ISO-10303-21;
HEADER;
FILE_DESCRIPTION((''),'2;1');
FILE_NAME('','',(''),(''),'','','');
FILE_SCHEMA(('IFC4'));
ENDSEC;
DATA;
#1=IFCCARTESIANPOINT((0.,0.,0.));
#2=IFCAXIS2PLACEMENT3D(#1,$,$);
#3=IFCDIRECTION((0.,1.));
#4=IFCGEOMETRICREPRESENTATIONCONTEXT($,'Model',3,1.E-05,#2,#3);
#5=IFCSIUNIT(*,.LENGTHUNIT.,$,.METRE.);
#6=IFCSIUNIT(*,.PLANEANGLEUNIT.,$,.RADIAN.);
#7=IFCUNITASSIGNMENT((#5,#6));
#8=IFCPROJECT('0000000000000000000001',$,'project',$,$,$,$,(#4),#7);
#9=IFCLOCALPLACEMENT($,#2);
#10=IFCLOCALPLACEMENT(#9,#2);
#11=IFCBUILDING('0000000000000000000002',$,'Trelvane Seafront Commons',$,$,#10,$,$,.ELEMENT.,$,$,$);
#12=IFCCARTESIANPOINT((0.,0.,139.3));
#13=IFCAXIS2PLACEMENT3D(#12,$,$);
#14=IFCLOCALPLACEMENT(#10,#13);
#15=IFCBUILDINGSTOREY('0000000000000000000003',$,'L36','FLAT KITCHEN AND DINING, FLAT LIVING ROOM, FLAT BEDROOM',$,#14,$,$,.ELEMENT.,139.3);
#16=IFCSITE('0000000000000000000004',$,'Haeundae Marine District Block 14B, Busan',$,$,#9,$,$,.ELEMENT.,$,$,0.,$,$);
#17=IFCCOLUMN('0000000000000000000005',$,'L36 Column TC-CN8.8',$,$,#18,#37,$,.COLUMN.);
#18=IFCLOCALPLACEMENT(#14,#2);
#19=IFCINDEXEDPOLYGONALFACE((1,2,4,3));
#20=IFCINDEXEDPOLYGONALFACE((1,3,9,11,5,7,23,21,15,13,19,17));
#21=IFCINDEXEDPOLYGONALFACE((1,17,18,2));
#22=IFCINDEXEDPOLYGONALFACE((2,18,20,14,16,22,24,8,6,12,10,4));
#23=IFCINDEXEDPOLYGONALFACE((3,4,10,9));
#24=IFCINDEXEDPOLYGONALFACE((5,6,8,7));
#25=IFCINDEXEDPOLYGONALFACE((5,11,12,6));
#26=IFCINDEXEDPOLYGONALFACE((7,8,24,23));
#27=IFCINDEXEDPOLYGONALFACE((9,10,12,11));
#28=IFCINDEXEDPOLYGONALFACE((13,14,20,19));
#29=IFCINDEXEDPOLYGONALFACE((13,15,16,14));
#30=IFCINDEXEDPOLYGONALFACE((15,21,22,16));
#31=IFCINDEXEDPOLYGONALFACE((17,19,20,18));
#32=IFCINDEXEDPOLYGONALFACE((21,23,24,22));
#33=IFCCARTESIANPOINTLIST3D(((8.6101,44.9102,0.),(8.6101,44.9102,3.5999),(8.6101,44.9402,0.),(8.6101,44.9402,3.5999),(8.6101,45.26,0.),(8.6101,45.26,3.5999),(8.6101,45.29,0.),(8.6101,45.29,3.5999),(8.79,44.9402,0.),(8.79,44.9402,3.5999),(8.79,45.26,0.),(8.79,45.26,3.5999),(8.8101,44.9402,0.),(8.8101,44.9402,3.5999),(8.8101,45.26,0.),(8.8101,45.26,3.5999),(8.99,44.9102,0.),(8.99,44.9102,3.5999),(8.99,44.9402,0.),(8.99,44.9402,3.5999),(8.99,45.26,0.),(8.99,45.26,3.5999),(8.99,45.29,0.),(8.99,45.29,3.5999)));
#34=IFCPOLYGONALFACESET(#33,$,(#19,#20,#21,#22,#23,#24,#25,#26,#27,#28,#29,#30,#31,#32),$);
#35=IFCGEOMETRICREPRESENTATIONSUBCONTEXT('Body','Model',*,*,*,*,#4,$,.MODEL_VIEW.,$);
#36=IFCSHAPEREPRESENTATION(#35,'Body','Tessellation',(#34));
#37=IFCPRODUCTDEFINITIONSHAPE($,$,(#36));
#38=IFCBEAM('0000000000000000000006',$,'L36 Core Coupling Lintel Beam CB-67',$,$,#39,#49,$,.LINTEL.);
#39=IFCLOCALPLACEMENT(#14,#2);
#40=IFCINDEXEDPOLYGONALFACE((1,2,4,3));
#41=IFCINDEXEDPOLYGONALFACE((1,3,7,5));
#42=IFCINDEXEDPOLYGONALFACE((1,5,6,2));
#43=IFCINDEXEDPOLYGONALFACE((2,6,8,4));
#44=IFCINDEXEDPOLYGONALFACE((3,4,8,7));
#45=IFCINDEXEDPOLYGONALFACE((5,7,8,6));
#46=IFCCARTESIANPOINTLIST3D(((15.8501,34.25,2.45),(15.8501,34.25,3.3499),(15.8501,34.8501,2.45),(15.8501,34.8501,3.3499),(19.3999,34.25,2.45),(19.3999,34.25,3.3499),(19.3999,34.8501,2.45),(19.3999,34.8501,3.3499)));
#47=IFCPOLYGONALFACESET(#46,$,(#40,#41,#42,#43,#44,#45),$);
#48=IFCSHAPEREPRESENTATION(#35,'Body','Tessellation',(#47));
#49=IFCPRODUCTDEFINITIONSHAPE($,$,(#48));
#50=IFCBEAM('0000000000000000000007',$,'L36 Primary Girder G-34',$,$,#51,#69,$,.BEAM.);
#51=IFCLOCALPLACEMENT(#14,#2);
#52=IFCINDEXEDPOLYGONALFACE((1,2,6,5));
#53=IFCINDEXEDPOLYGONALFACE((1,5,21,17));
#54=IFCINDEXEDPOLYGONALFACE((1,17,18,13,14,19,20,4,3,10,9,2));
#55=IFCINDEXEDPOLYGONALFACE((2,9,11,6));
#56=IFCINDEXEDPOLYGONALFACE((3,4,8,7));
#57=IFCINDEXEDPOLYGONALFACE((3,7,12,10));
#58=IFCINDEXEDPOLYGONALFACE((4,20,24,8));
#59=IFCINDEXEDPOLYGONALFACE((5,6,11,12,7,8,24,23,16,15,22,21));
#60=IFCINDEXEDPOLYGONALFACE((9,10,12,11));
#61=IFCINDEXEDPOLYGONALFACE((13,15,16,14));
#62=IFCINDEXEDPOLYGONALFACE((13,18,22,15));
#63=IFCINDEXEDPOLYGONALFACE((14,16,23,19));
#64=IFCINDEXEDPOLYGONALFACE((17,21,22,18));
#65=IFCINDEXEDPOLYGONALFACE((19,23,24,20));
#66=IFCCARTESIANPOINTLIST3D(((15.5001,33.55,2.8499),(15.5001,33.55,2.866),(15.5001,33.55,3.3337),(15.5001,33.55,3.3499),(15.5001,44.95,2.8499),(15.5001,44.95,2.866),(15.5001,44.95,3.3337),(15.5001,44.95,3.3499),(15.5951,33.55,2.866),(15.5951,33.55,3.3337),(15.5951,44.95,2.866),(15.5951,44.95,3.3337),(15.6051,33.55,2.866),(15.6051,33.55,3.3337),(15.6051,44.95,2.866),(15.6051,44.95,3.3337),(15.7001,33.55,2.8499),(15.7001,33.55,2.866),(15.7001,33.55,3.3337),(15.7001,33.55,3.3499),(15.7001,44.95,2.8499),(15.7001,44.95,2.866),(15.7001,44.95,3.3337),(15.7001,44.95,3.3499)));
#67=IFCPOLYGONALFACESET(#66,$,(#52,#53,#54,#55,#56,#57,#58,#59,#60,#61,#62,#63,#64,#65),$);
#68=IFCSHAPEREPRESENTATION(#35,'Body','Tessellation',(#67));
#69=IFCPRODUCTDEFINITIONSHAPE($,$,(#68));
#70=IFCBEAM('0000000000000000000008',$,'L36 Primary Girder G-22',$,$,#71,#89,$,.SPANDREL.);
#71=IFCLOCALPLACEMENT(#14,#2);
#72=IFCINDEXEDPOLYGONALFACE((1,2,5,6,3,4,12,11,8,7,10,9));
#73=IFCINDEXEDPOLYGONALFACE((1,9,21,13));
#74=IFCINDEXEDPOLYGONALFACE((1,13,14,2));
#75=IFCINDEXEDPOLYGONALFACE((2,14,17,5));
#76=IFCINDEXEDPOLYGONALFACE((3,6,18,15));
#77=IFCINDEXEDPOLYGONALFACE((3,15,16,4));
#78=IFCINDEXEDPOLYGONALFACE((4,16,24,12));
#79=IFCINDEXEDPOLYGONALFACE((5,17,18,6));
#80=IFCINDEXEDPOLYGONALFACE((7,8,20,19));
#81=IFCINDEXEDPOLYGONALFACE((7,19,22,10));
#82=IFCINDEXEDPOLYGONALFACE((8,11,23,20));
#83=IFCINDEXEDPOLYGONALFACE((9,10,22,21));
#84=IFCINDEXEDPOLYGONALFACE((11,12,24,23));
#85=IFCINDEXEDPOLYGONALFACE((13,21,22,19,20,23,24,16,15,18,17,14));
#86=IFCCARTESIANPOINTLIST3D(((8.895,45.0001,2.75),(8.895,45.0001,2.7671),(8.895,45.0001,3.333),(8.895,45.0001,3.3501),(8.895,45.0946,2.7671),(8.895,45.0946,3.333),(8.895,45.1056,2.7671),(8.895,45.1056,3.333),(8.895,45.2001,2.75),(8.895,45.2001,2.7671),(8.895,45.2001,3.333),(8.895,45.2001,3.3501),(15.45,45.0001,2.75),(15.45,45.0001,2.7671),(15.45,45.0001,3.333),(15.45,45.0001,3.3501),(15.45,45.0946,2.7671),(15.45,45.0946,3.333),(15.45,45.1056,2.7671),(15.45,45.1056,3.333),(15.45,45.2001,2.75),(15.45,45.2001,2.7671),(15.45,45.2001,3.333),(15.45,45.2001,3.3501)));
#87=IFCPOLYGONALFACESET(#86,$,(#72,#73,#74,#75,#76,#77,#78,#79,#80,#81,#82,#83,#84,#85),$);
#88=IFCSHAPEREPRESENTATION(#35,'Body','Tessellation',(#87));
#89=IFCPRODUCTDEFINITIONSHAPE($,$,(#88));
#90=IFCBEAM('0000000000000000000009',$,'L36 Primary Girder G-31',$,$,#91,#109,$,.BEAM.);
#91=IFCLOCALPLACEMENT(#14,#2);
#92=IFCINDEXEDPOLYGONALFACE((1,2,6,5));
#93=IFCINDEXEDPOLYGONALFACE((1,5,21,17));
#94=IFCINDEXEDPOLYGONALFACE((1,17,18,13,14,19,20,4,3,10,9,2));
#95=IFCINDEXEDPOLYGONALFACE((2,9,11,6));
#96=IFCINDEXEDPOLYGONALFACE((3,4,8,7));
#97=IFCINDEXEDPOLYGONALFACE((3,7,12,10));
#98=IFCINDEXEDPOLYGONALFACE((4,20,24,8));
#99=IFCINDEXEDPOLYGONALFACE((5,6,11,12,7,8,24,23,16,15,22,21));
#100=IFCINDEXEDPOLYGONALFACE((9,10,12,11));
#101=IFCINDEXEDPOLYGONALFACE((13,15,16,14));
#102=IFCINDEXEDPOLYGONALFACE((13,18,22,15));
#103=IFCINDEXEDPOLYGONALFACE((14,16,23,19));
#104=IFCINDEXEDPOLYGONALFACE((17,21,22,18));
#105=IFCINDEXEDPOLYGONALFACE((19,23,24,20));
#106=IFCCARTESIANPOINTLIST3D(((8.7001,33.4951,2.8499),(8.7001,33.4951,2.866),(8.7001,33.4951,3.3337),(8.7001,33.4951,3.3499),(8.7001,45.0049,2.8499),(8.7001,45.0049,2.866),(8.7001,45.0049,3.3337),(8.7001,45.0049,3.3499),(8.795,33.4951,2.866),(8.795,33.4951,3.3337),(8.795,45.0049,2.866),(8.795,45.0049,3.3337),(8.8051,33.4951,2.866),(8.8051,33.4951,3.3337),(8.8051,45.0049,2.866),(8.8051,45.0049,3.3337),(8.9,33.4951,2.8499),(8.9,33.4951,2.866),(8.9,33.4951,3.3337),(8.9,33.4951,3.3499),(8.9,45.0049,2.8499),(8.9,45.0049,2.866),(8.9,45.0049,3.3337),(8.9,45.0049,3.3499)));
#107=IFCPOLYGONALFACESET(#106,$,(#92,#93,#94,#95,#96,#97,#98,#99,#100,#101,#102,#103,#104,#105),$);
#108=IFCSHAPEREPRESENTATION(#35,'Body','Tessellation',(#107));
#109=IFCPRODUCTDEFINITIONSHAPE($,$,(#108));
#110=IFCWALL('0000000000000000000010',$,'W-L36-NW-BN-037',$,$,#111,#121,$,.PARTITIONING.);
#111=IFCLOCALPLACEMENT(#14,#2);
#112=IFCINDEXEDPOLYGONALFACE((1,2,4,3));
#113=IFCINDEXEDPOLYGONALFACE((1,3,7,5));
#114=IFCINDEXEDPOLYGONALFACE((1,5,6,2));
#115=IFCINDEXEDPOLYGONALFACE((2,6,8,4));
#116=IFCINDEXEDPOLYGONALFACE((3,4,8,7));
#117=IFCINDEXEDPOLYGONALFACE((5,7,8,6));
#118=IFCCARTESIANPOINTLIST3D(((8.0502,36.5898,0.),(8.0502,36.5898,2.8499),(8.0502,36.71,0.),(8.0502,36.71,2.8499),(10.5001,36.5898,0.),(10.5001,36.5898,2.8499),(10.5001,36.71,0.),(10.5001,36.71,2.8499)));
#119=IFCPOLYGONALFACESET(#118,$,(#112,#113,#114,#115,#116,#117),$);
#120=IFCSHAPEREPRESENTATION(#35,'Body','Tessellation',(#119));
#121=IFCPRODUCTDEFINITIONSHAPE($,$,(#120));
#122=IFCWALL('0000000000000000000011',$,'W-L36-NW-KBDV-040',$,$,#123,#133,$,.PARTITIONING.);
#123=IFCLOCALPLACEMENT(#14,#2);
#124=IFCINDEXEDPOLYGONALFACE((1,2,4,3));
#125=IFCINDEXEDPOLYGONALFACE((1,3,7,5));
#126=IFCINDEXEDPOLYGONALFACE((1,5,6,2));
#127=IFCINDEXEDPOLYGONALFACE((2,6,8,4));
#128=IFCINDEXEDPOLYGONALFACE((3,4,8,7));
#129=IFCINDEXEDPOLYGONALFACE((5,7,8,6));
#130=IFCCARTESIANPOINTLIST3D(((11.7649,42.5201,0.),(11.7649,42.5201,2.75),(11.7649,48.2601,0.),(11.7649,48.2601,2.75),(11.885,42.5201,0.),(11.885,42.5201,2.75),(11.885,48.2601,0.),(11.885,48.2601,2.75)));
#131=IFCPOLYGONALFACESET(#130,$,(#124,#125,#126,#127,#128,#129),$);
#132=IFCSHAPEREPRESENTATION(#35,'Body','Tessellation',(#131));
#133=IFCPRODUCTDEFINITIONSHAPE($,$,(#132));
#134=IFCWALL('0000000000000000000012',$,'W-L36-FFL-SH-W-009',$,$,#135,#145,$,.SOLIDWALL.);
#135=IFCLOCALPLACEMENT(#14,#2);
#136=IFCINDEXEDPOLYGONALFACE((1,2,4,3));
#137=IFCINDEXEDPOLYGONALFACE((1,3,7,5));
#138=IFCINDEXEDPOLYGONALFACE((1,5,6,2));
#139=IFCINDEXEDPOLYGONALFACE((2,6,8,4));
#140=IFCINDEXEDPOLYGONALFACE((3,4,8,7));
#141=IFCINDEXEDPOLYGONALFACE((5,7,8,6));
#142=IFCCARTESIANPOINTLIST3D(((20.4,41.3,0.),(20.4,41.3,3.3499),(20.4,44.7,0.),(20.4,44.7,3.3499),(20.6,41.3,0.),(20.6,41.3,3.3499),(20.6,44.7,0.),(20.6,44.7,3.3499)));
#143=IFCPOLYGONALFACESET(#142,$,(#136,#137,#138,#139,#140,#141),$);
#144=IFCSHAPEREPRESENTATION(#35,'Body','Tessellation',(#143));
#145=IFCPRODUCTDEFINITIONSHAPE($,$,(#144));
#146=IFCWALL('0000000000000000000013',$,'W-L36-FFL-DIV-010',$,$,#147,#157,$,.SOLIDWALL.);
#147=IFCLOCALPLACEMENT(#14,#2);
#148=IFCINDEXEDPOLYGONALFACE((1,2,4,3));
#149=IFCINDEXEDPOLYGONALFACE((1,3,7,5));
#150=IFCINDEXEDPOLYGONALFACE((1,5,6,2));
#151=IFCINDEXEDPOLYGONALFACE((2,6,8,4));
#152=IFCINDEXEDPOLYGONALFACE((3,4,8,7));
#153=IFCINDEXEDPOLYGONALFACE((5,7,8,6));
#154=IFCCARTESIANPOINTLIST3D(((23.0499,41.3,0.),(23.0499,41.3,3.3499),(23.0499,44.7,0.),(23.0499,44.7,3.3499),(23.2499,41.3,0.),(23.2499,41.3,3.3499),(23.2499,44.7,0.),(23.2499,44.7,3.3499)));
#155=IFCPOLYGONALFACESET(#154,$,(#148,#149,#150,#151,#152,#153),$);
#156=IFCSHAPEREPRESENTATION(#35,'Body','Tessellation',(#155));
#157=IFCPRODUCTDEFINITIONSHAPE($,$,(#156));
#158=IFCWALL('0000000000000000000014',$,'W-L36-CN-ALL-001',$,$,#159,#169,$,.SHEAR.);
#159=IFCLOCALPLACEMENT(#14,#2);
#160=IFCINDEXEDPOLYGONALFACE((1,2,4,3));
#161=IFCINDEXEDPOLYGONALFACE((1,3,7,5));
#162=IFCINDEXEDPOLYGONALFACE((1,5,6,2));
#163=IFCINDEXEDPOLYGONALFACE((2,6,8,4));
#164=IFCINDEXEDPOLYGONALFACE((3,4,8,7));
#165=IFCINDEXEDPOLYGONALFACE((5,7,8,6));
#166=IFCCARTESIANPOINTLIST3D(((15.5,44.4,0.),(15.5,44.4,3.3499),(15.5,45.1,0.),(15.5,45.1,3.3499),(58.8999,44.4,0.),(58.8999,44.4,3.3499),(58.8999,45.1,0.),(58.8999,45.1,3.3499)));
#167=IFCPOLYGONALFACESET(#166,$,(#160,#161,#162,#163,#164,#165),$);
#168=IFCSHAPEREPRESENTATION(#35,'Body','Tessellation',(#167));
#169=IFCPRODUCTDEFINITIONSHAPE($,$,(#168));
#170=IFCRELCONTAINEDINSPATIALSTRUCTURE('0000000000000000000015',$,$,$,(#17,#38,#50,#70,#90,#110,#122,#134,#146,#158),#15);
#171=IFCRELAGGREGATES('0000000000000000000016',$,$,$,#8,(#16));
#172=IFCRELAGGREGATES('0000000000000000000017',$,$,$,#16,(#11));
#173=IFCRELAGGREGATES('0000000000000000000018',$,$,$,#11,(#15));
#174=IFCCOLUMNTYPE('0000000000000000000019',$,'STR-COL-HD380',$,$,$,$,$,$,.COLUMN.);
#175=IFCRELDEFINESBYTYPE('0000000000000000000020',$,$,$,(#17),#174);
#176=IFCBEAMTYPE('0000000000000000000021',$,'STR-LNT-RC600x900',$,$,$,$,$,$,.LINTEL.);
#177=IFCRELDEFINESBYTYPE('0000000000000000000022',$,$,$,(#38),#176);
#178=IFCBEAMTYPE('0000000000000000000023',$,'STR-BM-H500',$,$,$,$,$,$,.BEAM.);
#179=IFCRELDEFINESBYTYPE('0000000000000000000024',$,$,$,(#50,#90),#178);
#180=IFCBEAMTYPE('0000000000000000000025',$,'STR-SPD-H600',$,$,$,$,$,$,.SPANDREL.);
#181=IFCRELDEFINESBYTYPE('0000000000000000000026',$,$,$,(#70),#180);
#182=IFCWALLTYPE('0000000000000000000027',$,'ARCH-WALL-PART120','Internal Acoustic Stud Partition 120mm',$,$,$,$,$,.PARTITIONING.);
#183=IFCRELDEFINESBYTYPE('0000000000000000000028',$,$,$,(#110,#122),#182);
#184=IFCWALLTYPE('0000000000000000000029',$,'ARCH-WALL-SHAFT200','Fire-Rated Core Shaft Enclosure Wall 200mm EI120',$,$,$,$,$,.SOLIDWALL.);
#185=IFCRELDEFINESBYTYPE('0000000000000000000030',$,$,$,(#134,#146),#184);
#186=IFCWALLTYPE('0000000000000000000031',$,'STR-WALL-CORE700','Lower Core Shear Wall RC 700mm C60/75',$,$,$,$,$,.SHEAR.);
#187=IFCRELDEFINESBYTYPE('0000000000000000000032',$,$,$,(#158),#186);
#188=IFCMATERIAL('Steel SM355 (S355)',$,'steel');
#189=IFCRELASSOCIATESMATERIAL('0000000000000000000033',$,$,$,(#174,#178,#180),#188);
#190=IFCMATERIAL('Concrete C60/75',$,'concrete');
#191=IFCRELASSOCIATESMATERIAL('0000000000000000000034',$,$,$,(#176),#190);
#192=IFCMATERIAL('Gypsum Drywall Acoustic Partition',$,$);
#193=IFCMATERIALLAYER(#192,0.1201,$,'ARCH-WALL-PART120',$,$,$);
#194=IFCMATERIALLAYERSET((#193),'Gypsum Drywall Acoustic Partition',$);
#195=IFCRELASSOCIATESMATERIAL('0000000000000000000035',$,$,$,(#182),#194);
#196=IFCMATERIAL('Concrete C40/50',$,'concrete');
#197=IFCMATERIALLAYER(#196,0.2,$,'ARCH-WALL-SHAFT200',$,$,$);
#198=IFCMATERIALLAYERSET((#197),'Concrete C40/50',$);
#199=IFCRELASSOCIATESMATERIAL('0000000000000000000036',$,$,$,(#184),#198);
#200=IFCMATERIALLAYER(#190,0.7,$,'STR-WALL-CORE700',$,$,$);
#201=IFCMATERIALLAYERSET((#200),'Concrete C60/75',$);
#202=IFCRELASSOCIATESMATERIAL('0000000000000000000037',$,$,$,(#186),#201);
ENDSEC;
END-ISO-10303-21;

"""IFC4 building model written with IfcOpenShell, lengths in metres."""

from ifc_helpers import new_model, si_unit, direction, frame, frame_2d, origin, origin_2d, place, context, subcontext, project, spatial, rectangle, i_section, extrude, source, transform, mapped, material, layer, layer_set, material_profile, profile_set, type_object, element, save


model = new_model("IFC4")

# Units and contexts
model_context = context("Model", 3, precision=1e-05, world=origin(), true_north=direction((0.0, 1.0)))
body_context = subcontext(model_context, "Body", "Model", "MODEL_VIEW")
ifc_project = project(units=[si_unit("LENGTHUNIT", "METRE"), si_unit("PLANEANGLEUNIT", "RADIAN")], contexts=[model_context])

# Site, building, storey
site_placement = place(None, origin())
site = spatial("IfcSite", under=ifc_project, at=site_placement, Name="Haeundae Marine District Block 14B, Busan", CompositionType="ELEMENT", RefElevation=0.0)
building_placement = place(site_placement, origin())
building = spatial("IfcBuilding", under=site, at=building_placement, Name="Trelvane Seafront Commons", CompositionType="ELEMENT")
storey_placement = place(building_placement, frame((0.0, 0.0, 139.3)))
storey = spatial("IfcBuildingStorey", under=building, at=storey_placement, Name="L36", Description="FLAT KITCHEN AND DINING, FLAT LIVING ROOM, FLAT BEDROOM", CompositionType="ELEMENT", Elevation=139.3)

# Column
ifc_material_1 = material(Name="Steel SM355 (S355)", Category="steel")
ifc_material_profile_1 = material_profile(ifc_material_1, i_section(OverallWidth=0.3799, OverallDepth=0.3799, WebThickness=0.02, FlangeThickness=0.03, at=origin_2d()), Name="HD-380x380x20x30")
ifc_profile_set_1 = profile_set([ifc_material_profile_1], Name="Steel SM355 (S355)")
column_type = type_object("IfcColumnType", Name="STR-COL-HD380", PredefinedType="COLUMN", material=ifc_profile_set_1)
shared_shape_1 = source(origin(), body_context, "Body", "SweptSolid", [
    extrude(i_section(OverallWidth=0.3799, OverallDepth=0.3799, WebThickness=0.02, FlangeThickness=0.03, at=origin_2d()), origin(), (0.0, 0.0, 1.0), 3.5999),
])
column_placement = place(storey_placement, frame((8.8, 45.1001, 0.0), z_axis=(0.0, 0.0, 1.0), x_axis=(1.0, 0.0, 0.0)))
element("IfcColumn", 1, at=column_placement, inside=storey, type_object=column_type, Name="L36 Column TC-CN8.8", PredefinedType="COLUMN", context=body_context, shape_type="MappedRepresentation", body=[
    mapped(shared_shape_1, transform((0.0, 0.0, 0.0), x_axis=(1.0, 0.0, 0.0), y_axis=(0.0, 1.0, 0.0), z_axis=(0.0, 0.0, 1.0), scale=1.0)),
])

# Beams
ifc_material_2 = material(Name="Concrete C60/75", Category="concrete")
ifc_material_profile_2 = material_profile(ifc_material_2, rectangle(XDim=0.6001, YDim=0.8999, at=origin_2d()), Name="RC-600x900")
ifc_profile_set_2 = profile_set([ifc_material_profile_2], Name="Concrete C60/75")
beam_type_1 = type_object("IfcBeamType", Name="STR-LNT-RC600x900", PredefinedType="LINTEL", material=ifc_profile_set_2)
shared_shape_2 = source(origin(), body_context, "Body", "SweptSolid", [
    extrude(rectangle(XDim=0.6001, YDim=0.8999, at=origin_2d()), origin(), (0.0, 0.0, 1.0), 3.5498),
])
beam_1_placement = place(storey_placement, frame((15.8501, 34.55, 2.8999), z_axis=(1.0, 0.0, 0.0), x_axis=(0.0, 1.0, 0.0)))
element("IfcBeam", 2, at=beam_1_placement, inside=storey, type_object=beam_type_1, Name="L36 Core Coupling Lintel Beam CB-67", PredefinedType="LINTEL", context=body_context, shape_type="MappedRepresentation", body=[
    mapped(shared_shape_2, transform((0.0, 0.0, 0.0), x_axis=(1.0, 0.0, 0.0), y_axis=(0.0, 1.0, 0.0), z_axis=(0.0, 0.0, 1.0), scale=1.0)),
])
ifc_material_profile_3 = material_profile(ifc_material_1, i_section(OverallWidth=0.2, OverallDepth=0.5, WebThickness=0.01, FlangeThickness=0.0161, at=origin_2d()), Name="H-500x200x10x16")
ifc_profile_set_3 = profile_set([ifc_material_profile_3], Name="Steel SM355 (S355)")
beam_type_2 = type_object("IfcBeamType", Name="STR-BM-H500", PredefinedType="BEAM", material=ifc_profile_set_3)
shared_shape_3 = source(origin(), body_context, "Body", "SweptSolid", [
    extrude(i_section(OverallWidth=0.2, OverallDepth=0.5, WebThickness=0.01, FlangeThickness=0.0161, at=origin_2d()), origin(), (0.0, 0.0, 1.0), 11.3999),
])
beam_2_placement = place(storey_placement, frame((15.6001, 33.55, 3.0999), z_axis=(0.0, 1.0, 0.0), x_axis=(-1.0, 0.0, 0.0)))
element("IfcBeam", 3, at=beam_2_placement, inside=storey, type_object=beam_type_2, Name="L36 Primary Girder G-34", PredefinedType="BEAM", context=body_context, shape_type="MappedRepresentation", body=[
    mapped(shared_shape_3, transform((0.0, 0.0, 0.0), x_axis=(1.0, 0.0, 0.0), y_axis=(0.0, 1.0, 0.0), z_axis=(0.0, 0.0, 1.0), scale=1.0)),
])
ifc_material_profile_4 = material_profile(ifc_material_1, i_section(OverallWidth=0.2, OverallDepth=0.6001, WebThickness=0.011, FlangeThickness=0.0171, at=origin_2d()), Name="H-600x200x11x17")
ifc_profile_set_4 = profile_set([ifc_material_profile_4], Name="Steel SM355 (S355)")
beam_type_3 = type_object("IfcBeamType", Name="STR-SPD-H600", PredefinedType="SPANDREL", material=ifc_profile_set_4)
shared_shape_4 = source(origin(), body_context, "Body", "SweptSolid", [
    extrude(i_section(OverallWidth=0.2, OverallDepth=0.6001, WebThickness=0.011, FlangeThickness=0.0171, at=origin_2d()), origin(), (0.0, 0.0, 1.0), 6.5549),
])
beam_3_placement = place(storey_placement, frame((8.895, 45.1001, 3.05), z_axis=(1.0, 0.0, 0.0), x_axis=(0.0, 1.0, 0.0)))
element("IfcBeam", 4, at=beam_3_placement, inside=storey, type_object=beam_type_3, Name="L36 Primary Girder G-22", PredefinedType="SPANDREL", context=body_context, shape_type="MappedRepresentation", body=[
    mapped(shared_shape_4, transform((0.0, 0.0, 0.0), x_axis=(1.0, 0.0, 0.0), y_axis=(0.0, 1.0, 0.0), z_axis=(0.0, 0.0, 1.0), scale=1.0)),
])
shared_shape_5 = source(origin(), body_context, "Body", "SweptSolid", [
    extrude(i_section(OverallWidth=0.2, OverallDepth=0.5, WebThickness=0.01, FlangeThickness=0.0161, at=origin_2d()), origin(), (0.0, 0.0, 1.0), 11.5098),
])
beam_4_placement = place(storey_placement, frame((8.8, 33.4951, 3.0999), z_axis=(0.0, 1.0, 0.0), x_axis=(-1.0, 0.0, 0.0)))
element("IfcBeam", 5, at=beam_4_placement, inside=storey, type_object=beam_type_2, Name="L36 Primary Girder G-31", PredefinedType="BEAM", context=body_context, shape_type="MappedRepresentation", body=[
    mapped(shared_shape_5, transform((0.0, 0.0, 0.0), x_axis=(1.0, 0.0, 0.0), y_axis=(0.0, 1.0, 0.0), z_axis=(0.0, 0.0, 1.0), scale=1.0)),
])

# Wall
ifc_material_3 = material(Name="Gypsum Drywall Acoustic Partition")
ifc_layer_1 = layer(ifc_material_3, 0.1201, Name="ARCH-WALL-PART120")
ifc_layer_set_1 = layer_set([ifc_layer_1], Name="Gypsum Drywall Acoustic Partition")
wall_type_1 = type_object("IfcWallType", Name="ARCH-WALL-PART120", Description="Internal Acoustic Stud Partition 120mm", PredefinedType="PARTITIONING", material=ifc_layer_set_1)
wall_1_placement = place(storey_placement, frame((8.05, 36.6499, 0.0), z_axis=(0.0, 0.0, 1.0), x_axis=(1.0, 0.0, 0.0)))
element("IfcWall", 6, at=wall_1_placement, inside=storey, type_object=wall_type_1, Name="W-L36-NW-BN-037", PredefinedType="PARTITIONING", context=body_context, shape_type="SweptSolid", body=[
    extrude(rectangle(XDim=2.45, YDim=0.1201, at=frame_2d((1.2251, 0.0))), origin(), (0.0, 0.0, 1.0), 2.8499),
])

# Wall
wall_2_placement = place(storey_placement, frame((11.825, 42.52, 0.0), z_axis=(0.0, 0.0, 1.0), x_axis=(0.0, 1.0, 0.0)))
element("IfcWall", 7, at=wall_2_placement, inside=storey, type_object=wall_type_1, Name="W-L36-NW-KBDV-040", PredefinedType="PARTITIONING", context=body_context, shape_type="SweptSolid", body=[
    extrude(rectangle(XDim=5.74, YDim=0.1201, at=frame_2d((2.8701, 0.0))), origin(), (0.0, 0.0, 1.0), 2.75),
])

# Shared definitions
ifc_material_4 = material(Name="Concrete C40/50", Category="concrete")
ifc_layer_2 = layer(ifc_material_4, 0.2, Name="ARCH-WALL-SHAFT200")
ifc_layer_set_2 = layer_set([ifc_layer_2], Name="Concrete C40/50")
wall_type_2 = type_object("IfcWallType", Name="ARCH-WALL-SHAFT200", Description="Fire-Rated Core Shaft Enclosure Wall 200mm EI120", PredefinedType="SOLIDWALL", material=ifc_layer_set_2)

# Walls
for number, where, z_axis, x_axis, name in (
    (8, (20.5, 41.3, 0.0), (0.0, 0.0, 1.0), (0.0, 1.0, 0.0), "W-L36-FFL-SH-W-009"),
    (9, (23.1499, 41.3, 0.0), (0.0, 0.0, 1.0), (0.0, 1.0, 0.0), "W-L36-FFL-DIV-010"),
):
    element("IfcWall", number, at=place(storey_placement, frame(where, z_axis=z_axis, x_axis=x_axis)), inside=storey, type_object=wall_type_2, Name=name, PredefinedType="SOLIDWALL", context=body_context, shape_type="SweptSolid", body=[
        extrude(rectangle(XDim=3.3999, YDim=0.2, at=frame_2d((1.7, 0.0))), origin(), (0.0, 0.0, 1.0), 3.3499),
    ])
ifc_layer_3 = layer(ifc_material_2, 0.7, Name="STR-WALL-CORE700")
ifc_layer_set_3 = layer_set([ifc_layer_3], Name="Concrete C60/75")
wall_type_3 = type_object("IfcWallType", Name="STR-WALL-CORE700", Description="Lower Core Shear Wall RC 700mm C60/75", PredefinedType="SHEAR", material=ifc_layer_set_3)
wall_3_placement = place(storey_placement, frame((15.5, 44.75, 0.0), z_axis=(0.0, 0.0, 1.0), x_axis=(1.0, 0.0, 0.0)))
element("IfcWall", 10, at=wall_3_placement, inside=storey, type_object=wall_type_3, Name="W-L36-CN-ALL-001", PredefinedType="SHEAR", context=body_context, shape_type="SweptSolid", body=[
    extrude(rectangle(XDim=43.3999, YDim=0.7, at=frame_2d((21.7, 0.0))), origin(), (0.0, 0.0, 1.0), 3.3499),
])

save(model, "model.ifc")
